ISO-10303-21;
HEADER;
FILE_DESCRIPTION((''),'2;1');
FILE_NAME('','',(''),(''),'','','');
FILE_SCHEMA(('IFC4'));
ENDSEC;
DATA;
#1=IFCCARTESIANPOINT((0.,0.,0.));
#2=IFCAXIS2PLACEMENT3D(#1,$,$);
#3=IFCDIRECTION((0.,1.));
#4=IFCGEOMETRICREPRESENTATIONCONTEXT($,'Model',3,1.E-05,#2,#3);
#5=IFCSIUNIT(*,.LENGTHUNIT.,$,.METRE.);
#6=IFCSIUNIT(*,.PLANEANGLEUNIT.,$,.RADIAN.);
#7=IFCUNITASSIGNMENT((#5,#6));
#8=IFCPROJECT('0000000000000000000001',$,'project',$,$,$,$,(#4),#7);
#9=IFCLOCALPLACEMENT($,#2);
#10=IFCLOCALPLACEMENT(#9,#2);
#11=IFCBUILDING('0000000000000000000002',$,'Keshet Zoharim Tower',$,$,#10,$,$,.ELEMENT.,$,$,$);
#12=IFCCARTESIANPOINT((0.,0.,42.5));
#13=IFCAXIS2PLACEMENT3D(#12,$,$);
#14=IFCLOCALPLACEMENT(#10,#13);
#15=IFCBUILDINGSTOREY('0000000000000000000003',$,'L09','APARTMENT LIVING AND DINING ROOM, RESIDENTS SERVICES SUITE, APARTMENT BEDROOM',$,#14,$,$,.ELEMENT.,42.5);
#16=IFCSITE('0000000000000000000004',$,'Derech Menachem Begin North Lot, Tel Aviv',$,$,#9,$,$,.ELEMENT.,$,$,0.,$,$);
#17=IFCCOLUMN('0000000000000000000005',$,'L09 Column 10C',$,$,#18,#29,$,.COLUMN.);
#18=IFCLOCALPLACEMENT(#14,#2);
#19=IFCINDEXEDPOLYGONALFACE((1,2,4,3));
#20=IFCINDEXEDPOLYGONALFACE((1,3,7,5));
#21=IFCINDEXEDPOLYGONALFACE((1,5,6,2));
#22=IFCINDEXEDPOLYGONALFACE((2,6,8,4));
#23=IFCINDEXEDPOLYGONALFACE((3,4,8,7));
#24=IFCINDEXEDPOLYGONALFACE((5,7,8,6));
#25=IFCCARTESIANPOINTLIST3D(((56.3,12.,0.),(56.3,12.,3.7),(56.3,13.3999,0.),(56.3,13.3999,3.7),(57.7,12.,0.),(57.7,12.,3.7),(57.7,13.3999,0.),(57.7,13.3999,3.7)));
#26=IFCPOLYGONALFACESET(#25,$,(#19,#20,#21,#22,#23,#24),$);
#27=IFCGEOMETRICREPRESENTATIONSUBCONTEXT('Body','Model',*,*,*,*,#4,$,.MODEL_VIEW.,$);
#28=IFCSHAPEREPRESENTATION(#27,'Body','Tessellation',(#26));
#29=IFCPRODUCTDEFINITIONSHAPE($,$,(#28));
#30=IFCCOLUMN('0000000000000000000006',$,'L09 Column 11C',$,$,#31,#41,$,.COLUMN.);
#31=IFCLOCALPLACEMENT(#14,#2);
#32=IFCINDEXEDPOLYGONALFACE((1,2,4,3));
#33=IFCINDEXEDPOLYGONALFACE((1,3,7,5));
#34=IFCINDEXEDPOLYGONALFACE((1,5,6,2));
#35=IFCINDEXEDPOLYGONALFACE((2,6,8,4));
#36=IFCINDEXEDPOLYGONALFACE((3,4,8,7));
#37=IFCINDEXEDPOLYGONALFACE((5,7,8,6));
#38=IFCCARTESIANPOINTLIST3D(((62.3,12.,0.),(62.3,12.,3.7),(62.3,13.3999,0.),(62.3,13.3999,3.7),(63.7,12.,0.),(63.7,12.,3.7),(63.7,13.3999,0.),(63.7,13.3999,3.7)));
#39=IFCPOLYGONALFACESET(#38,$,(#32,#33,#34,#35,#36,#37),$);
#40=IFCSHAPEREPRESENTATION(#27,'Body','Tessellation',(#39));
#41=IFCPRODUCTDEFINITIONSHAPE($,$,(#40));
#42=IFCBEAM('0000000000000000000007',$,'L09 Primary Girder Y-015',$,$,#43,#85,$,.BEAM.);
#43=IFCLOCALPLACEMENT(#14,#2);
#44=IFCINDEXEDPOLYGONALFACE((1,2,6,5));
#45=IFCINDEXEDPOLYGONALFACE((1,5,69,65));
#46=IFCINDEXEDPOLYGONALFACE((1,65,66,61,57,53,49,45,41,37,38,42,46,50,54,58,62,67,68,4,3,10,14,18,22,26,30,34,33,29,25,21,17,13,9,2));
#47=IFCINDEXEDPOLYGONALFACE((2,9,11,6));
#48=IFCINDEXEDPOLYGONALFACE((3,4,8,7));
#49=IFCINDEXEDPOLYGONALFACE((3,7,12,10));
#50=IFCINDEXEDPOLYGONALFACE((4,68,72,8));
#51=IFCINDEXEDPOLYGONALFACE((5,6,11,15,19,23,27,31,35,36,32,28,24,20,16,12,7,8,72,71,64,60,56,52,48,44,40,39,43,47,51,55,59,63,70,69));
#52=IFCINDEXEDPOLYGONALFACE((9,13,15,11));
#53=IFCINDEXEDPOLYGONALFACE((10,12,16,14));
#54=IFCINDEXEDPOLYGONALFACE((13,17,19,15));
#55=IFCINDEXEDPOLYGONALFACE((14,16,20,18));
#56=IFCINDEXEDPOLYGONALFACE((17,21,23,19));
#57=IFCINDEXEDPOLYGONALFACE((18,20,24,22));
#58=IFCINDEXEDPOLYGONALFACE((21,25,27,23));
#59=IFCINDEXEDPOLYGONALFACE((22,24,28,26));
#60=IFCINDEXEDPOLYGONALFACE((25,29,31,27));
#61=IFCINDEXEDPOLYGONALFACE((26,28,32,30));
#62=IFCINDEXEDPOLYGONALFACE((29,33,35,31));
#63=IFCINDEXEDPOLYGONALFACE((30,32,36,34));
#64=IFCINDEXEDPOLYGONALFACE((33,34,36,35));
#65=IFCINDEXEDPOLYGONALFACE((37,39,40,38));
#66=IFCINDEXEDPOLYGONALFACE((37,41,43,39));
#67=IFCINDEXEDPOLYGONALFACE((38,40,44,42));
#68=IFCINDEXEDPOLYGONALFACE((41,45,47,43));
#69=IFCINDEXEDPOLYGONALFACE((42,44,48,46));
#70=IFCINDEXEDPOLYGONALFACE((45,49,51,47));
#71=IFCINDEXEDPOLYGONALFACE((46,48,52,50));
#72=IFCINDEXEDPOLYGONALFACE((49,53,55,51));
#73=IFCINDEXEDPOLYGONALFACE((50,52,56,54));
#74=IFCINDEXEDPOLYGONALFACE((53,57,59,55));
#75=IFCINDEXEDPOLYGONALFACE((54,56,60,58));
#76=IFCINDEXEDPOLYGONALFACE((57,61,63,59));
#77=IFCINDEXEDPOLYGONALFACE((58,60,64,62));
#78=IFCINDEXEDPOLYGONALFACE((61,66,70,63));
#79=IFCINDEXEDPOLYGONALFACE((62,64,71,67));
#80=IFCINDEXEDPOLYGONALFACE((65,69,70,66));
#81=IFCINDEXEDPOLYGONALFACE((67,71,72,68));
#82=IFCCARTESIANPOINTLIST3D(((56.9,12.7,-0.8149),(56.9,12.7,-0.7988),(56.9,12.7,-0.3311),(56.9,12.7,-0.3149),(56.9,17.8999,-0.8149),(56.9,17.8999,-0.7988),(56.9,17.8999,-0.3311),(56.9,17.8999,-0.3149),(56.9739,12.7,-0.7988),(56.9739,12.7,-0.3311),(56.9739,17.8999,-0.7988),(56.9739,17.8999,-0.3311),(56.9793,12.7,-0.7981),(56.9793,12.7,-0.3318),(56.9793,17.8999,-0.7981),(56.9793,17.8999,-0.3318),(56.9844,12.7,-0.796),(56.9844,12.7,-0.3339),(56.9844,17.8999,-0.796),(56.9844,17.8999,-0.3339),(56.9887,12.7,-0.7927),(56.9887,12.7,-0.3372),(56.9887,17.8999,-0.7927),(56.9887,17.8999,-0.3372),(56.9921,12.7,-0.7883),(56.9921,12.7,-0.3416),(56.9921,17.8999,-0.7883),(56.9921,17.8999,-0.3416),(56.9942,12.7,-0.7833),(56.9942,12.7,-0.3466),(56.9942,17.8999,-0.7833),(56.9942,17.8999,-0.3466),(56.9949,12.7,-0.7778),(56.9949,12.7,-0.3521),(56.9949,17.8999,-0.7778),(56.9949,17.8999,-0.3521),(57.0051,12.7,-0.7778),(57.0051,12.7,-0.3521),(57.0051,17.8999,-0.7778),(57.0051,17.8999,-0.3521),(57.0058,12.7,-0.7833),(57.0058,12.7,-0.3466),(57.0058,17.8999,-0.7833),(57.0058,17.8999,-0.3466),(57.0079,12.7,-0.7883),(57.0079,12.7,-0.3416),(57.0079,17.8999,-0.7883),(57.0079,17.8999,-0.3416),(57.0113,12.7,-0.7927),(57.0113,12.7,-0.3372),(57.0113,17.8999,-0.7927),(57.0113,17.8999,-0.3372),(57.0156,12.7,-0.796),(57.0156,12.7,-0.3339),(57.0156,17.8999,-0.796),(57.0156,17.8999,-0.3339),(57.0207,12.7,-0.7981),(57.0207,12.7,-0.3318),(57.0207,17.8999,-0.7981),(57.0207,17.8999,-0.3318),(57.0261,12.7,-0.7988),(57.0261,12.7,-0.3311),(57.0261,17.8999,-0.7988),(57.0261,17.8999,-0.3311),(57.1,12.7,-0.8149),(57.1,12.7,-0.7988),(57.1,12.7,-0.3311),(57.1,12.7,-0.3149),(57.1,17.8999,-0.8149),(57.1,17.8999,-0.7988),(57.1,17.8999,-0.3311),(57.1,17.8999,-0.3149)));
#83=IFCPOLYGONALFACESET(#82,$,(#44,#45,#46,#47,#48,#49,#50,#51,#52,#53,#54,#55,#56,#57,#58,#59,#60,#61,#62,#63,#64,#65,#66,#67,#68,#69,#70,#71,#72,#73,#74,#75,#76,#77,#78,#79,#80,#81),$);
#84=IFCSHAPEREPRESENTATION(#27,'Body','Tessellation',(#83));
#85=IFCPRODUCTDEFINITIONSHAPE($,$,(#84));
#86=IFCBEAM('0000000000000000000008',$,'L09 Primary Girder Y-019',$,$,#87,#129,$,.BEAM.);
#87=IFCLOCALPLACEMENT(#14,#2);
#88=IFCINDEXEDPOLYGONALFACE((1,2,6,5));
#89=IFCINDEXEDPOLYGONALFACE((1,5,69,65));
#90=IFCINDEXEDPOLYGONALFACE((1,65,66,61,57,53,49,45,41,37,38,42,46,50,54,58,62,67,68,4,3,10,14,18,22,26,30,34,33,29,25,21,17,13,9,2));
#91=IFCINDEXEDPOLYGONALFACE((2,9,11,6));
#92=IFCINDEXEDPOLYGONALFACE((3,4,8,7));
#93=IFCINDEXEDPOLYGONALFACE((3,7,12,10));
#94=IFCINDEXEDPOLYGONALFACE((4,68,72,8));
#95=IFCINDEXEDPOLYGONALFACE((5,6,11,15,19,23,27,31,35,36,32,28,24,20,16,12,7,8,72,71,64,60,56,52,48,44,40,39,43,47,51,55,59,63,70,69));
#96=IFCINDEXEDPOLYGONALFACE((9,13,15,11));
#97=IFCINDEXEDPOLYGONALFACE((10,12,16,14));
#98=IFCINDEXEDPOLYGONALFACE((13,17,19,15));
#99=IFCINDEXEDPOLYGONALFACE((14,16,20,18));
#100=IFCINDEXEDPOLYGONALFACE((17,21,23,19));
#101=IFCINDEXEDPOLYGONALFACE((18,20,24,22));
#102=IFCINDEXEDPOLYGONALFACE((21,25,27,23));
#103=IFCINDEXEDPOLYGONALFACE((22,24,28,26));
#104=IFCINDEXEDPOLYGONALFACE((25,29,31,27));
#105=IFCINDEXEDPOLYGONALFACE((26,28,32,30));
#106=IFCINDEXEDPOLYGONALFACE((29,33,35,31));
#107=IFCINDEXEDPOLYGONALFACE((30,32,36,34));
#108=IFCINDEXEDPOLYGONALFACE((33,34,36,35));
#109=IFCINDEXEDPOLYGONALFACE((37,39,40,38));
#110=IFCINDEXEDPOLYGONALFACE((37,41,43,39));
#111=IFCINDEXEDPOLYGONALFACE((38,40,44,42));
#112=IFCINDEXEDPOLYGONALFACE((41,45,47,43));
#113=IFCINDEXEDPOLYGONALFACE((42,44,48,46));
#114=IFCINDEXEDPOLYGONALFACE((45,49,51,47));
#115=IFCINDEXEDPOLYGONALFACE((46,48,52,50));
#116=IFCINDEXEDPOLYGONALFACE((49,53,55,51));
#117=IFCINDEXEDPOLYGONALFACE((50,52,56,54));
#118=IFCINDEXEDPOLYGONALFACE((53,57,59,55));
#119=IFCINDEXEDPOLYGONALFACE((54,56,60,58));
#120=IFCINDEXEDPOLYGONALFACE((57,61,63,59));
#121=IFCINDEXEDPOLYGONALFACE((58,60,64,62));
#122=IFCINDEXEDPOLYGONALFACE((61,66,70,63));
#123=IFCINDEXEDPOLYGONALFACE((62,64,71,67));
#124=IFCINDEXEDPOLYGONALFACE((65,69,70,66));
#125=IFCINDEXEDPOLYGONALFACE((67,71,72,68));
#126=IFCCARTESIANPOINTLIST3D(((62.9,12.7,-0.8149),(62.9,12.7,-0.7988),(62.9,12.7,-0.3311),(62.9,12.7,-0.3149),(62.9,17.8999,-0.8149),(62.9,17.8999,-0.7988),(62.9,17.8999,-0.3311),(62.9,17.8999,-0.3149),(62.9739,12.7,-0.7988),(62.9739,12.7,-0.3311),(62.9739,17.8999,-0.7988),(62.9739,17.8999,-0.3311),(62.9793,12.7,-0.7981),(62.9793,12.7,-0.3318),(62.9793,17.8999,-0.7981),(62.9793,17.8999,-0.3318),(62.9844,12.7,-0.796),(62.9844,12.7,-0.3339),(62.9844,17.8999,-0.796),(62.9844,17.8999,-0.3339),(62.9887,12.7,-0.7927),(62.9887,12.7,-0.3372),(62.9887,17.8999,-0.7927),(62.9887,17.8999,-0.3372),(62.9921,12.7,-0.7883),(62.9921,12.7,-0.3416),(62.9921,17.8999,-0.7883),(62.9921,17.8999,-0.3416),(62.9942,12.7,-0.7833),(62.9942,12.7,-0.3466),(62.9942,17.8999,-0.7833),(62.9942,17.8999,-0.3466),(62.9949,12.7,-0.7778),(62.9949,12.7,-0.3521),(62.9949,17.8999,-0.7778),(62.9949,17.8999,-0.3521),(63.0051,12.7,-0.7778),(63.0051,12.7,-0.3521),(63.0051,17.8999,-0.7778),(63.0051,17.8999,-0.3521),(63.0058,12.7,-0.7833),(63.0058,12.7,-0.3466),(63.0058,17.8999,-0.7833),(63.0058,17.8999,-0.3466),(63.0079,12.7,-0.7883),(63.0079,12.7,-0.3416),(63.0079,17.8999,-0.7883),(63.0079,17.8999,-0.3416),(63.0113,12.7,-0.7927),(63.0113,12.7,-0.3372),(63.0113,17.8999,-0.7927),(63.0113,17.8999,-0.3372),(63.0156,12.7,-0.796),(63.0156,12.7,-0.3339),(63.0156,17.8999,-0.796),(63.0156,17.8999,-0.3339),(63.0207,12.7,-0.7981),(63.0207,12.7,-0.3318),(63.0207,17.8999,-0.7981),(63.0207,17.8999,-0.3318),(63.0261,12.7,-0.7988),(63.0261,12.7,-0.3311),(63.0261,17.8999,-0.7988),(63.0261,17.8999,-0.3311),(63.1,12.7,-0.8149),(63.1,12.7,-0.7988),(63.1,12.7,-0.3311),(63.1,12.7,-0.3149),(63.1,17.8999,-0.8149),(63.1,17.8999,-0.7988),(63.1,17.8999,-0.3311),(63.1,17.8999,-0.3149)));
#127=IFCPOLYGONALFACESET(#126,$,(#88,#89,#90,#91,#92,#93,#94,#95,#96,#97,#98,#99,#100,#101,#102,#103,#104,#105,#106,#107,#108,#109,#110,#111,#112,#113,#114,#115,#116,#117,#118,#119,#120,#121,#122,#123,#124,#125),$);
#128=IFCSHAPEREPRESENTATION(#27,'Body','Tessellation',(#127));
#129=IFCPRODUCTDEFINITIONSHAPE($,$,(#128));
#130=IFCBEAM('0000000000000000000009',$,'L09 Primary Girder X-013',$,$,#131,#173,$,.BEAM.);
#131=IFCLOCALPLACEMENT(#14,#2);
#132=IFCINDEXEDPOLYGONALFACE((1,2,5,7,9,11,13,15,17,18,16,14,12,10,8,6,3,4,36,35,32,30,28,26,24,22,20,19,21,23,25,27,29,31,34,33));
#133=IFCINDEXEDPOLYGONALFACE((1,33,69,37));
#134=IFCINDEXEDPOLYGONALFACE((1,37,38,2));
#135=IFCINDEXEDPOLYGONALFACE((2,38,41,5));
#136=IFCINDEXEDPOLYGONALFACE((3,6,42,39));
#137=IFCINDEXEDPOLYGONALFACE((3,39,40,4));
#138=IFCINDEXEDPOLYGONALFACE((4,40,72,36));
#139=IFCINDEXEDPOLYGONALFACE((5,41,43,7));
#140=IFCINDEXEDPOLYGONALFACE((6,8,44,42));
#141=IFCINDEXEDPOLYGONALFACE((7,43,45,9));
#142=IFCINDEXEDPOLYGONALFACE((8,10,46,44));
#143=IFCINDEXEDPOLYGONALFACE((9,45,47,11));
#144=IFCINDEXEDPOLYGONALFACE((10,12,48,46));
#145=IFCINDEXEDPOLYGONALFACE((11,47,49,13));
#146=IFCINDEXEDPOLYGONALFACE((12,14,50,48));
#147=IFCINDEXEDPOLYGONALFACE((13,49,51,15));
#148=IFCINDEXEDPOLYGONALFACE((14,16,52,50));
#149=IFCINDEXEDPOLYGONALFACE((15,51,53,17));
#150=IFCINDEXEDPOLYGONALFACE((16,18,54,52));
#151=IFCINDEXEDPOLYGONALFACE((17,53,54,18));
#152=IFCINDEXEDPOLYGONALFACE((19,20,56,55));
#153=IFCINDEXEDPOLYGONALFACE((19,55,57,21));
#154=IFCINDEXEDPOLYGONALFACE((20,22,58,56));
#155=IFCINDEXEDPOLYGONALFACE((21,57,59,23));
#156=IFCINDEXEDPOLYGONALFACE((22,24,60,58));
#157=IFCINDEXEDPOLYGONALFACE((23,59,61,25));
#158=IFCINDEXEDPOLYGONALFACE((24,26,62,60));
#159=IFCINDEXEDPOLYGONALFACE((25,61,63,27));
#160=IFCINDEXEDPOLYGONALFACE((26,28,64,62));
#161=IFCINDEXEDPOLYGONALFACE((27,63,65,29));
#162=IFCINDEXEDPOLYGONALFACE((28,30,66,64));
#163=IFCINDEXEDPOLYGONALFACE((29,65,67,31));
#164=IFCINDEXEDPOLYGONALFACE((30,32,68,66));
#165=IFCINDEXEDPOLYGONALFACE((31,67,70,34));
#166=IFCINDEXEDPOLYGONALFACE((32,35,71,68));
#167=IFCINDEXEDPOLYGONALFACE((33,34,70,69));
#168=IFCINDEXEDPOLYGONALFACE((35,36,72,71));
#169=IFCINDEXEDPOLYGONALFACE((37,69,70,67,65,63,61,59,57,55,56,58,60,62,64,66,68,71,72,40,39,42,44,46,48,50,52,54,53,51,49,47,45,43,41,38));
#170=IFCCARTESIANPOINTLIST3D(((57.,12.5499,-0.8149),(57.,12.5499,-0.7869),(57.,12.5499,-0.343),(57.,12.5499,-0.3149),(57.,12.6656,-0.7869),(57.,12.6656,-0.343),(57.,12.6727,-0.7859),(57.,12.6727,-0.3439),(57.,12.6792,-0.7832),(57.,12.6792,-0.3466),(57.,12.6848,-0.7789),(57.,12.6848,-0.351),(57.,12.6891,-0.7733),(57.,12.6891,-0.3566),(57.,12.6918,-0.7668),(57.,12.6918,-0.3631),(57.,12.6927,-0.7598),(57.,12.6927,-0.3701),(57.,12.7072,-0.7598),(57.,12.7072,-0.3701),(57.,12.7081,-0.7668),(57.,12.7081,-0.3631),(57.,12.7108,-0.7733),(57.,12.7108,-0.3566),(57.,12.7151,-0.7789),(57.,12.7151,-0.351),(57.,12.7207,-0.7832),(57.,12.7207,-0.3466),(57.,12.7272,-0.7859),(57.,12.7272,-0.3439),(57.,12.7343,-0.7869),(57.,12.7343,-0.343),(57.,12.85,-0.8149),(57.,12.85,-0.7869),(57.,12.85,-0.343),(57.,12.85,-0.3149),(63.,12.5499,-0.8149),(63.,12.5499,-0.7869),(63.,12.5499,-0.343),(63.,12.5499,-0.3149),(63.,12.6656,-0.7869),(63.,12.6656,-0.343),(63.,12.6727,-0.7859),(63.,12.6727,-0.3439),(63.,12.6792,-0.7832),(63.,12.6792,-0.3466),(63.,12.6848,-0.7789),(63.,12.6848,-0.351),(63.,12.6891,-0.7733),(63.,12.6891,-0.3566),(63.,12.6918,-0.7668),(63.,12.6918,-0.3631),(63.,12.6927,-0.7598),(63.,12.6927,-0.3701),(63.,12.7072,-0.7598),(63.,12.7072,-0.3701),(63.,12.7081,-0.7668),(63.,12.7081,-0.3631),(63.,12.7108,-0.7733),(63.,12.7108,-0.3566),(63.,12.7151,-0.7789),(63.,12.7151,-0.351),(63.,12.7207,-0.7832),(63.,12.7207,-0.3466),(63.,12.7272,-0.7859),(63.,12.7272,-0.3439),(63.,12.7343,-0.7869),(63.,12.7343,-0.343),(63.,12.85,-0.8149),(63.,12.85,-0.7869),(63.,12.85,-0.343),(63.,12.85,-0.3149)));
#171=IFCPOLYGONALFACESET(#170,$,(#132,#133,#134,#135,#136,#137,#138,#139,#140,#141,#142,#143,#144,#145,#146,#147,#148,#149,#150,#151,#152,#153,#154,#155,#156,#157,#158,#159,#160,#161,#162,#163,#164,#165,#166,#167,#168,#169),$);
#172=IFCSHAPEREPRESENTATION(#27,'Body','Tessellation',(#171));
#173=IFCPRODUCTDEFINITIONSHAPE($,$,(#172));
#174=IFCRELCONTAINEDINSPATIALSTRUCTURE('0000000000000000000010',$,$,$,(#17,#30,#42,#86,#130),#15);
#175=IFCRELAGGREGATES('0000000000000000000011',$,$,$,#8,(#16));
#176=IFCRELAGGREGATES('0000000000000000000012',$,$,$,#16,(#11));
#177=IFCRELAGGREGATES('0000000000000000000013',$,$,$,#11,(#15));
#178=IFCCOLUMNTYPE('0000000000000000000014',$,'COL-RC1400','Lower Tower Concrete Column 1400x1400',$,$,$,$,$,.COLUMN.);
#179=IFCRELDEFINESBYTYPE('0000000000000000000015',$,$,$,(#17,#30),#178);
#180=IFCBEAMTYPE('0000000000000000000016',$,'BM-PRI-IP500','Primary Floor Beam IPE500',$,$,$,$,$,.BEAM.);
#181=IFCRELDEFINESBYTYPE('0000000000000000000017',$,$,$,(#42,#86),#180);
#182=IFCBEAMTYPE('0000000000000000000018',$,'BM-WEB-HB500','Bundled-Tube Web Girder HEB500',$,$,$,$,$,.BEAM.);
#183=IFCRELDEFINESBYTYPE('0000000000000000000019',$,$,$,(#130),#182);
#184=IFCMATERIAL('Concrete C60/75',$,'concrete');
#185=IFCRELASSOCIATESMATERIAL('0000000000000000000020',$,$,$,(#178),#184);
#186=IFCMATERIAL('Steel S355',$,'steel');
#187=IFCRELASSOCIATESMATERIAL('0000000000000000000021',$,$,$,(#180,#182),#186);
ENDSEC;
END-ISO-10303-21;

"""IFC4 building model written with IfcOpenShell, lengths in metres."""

from ifc_helpers import new_model, si_unit, direction, frame, origin, origin_2d, place, context, subcontext, project, spatial, rectangle, i_section, extrude, material, material_profile, profile_set, type_object, element, save


model = new_model("IFC4")

# Units and contexts
model_context = context("Model", 3, precision=1e-05, world=origin(), true_north=direction((0.0, 1.0)))
body_context = subcontext(model_context, "Body", "Model", "MODEL_VIEW")
ifc_project = project(units=[si_unit("LENGTHUNIT", "METRE"), si_unit("PLANEANGLEUNIT", "RADIAN")], contexts=[model_context])

# Site, building, storey
site_placement = place(None, origin())
site = spatial("IfcSite", under=ifc_project, at=site_placement, Name="Derech Menachem Begin North Lot, Tel Aviv", CompositionType="ELEMENT", RefElevation=0.0)
building_placement = place(site_placement, origin())
building = spatial("IfcBuilding", under=site, at=building_placement, Name="Keshet Zoharim Tower", CompositionType="ELEMENT")
storey_placement = place(building_placement, frame((0.0, 0.0, 42.5)))
storey = spatial("IfcBuildingStorey", under=building, at=storey_placement, Name="L09", Description="APARTMENT LIVING AND DINING ROOM, RESIDENTS SERVICES SUITE, APARTMENT BEDROOM", CompositionType="ELEMENT", Elevation=42.5)

# Columns
ifc_material_1 = material(Name="Concrete C60/75", Category="concrete")
ifc_material_profile_1 = material_profile(ifc_material_1, rectangle(XDim=1.3999, YDim=1.3999, at=origin_2d()), Name="RC1400x1400")
ifc_profile_set_1 = profile_set([ifc_material_profile_1], Name="Concrete C60/75")
column_type = type_object("IfcColumnType", Name="COL-RC1400", Description="Lower Tower Concrete Column 1400x1400", PredefinedType="COLUMN", material=ifc_profile_set_1)
for number, where, z_axis, x_axis, name in (
    (1, (57.0, 12.7, 0.0), (0.0, 0.0, 1.0), (1.0, 0.0, 0.0), "L09 Column 10C"),
    (2, (63.0, 12.7, 0.0), (0.0, 0.0, 1.0), (1.0, 0.0, 0.0), "L09 Column 11C"),
):
    element("IfcColumn", number, at=place(storey_placement, frame(where, z_axis=z_axis, x_axis=x_axis)), inside=storey, type_object=column_type, Name=name, PredefinedType="COLUMN", context=body_context, shape_type="SweptSolid", body=[
        extrude(rectangle(XDim=1.3999, YDim=1.3999, at=origin_2d()), origin(), (0.0, 0.0, 1.0), 3.7),
    ])

# Beams
ifc_material_2 = material(Name="Steel S355", Category="steel")
ifc_material_profile_2 = material_profile(ifc_material_2, i_section(OverallWidth=0.2, OverallDepth=0.5, WebThickness=0.0103, FlangeThickness=0.0161, FilletRadius=0.021, at=origin_2d()), Name="IPE500")
ifc_profile_set_2 = profile_set([ifc_material_profile_2], Name="Steel S355")
beam_type_1 = type_object("IfcBeamType", Name="BM-PRI-IP500", Description="Primary Floor Beam IPE500", PredefinedType="BEAM", material=ifc_profile_set_2)
for number, where, z_axis, x_axis, name in (
    (3, (57.0, 12.7, -0.5649), (0.0, 1.0, 0.0), (-1.0, 0.0, 0.0), "L09 Primary Girder Y-015"),
    (4, (63.0, 12.7, -0.5649), (0.0, 1.0, 0.0), (-1.0, 0.0, 0.0), "L09 Primary Girder Y-019"),
):
    element("IfcBeam", number, at=place(storey_placement, frame(where, z_axis=z_axis, x_axis=x_axis)), inside=storey, type_object=beam_type_1, Name=name, PredefinedType="BEAM", context=body_context, shape_type="SweptSolid", body=[
        extrude(i_section(OverallWidth=0.2, OverallDepth=0.5, WebThickness=0.0103, FlangeThickness=0.0161, FilletRadius=0.021, at=origin_2d()), origin(), (0.0, 0.0, 1.0), 5.2),
    ])
ifc_material_profile_3 = material_profile(ifc_material_2, i_section(OverallWidth=0.3, OverallDepth=0.5, WebThickness=0.0144, FlangeThickness=0.0281, FilletRadius=0.0271, at=origin_2d()), Name="HEB500")
ifc_profile_set_3 = profile_set([ifc_material_profile_3], Name="Steel S355")
beam_type_2 = type_object("IfcBeamType", Name="BM-WEB-HB500", Description="Bundled-Tube Web Girder HEB500", PredefinedType="BEAM", material=ifc_profile_set_3)
for number, where, z_axis, x_axis, name in (
    (5, (57.0, 12.7, -0.5649), (1.0, 0.0, 0.0), (0.0, 1.0, 0.0), "L09 Primary Girder X-013"),
):
    element("IfcBeam", number, at=place(storey_placement, frame(where, z_axis=z_axis, x_axis=x_axis)), inside=storey, type_object=beam_type_2, Name=name, PredefinedType="BEAM", context=body_context, shape_type="SweptSolid", body=[
        extrude(i_section(OverallWidth=0.3, OverallDepth=0.5, WebThickness=0.0144, FlangeThickness=0.0281, FilletRadius=0.0271, at=origin_2d()), origin(), (0.0, 0.0, 1.0), 6.0),
    ])

save(model, "model.ifc")
